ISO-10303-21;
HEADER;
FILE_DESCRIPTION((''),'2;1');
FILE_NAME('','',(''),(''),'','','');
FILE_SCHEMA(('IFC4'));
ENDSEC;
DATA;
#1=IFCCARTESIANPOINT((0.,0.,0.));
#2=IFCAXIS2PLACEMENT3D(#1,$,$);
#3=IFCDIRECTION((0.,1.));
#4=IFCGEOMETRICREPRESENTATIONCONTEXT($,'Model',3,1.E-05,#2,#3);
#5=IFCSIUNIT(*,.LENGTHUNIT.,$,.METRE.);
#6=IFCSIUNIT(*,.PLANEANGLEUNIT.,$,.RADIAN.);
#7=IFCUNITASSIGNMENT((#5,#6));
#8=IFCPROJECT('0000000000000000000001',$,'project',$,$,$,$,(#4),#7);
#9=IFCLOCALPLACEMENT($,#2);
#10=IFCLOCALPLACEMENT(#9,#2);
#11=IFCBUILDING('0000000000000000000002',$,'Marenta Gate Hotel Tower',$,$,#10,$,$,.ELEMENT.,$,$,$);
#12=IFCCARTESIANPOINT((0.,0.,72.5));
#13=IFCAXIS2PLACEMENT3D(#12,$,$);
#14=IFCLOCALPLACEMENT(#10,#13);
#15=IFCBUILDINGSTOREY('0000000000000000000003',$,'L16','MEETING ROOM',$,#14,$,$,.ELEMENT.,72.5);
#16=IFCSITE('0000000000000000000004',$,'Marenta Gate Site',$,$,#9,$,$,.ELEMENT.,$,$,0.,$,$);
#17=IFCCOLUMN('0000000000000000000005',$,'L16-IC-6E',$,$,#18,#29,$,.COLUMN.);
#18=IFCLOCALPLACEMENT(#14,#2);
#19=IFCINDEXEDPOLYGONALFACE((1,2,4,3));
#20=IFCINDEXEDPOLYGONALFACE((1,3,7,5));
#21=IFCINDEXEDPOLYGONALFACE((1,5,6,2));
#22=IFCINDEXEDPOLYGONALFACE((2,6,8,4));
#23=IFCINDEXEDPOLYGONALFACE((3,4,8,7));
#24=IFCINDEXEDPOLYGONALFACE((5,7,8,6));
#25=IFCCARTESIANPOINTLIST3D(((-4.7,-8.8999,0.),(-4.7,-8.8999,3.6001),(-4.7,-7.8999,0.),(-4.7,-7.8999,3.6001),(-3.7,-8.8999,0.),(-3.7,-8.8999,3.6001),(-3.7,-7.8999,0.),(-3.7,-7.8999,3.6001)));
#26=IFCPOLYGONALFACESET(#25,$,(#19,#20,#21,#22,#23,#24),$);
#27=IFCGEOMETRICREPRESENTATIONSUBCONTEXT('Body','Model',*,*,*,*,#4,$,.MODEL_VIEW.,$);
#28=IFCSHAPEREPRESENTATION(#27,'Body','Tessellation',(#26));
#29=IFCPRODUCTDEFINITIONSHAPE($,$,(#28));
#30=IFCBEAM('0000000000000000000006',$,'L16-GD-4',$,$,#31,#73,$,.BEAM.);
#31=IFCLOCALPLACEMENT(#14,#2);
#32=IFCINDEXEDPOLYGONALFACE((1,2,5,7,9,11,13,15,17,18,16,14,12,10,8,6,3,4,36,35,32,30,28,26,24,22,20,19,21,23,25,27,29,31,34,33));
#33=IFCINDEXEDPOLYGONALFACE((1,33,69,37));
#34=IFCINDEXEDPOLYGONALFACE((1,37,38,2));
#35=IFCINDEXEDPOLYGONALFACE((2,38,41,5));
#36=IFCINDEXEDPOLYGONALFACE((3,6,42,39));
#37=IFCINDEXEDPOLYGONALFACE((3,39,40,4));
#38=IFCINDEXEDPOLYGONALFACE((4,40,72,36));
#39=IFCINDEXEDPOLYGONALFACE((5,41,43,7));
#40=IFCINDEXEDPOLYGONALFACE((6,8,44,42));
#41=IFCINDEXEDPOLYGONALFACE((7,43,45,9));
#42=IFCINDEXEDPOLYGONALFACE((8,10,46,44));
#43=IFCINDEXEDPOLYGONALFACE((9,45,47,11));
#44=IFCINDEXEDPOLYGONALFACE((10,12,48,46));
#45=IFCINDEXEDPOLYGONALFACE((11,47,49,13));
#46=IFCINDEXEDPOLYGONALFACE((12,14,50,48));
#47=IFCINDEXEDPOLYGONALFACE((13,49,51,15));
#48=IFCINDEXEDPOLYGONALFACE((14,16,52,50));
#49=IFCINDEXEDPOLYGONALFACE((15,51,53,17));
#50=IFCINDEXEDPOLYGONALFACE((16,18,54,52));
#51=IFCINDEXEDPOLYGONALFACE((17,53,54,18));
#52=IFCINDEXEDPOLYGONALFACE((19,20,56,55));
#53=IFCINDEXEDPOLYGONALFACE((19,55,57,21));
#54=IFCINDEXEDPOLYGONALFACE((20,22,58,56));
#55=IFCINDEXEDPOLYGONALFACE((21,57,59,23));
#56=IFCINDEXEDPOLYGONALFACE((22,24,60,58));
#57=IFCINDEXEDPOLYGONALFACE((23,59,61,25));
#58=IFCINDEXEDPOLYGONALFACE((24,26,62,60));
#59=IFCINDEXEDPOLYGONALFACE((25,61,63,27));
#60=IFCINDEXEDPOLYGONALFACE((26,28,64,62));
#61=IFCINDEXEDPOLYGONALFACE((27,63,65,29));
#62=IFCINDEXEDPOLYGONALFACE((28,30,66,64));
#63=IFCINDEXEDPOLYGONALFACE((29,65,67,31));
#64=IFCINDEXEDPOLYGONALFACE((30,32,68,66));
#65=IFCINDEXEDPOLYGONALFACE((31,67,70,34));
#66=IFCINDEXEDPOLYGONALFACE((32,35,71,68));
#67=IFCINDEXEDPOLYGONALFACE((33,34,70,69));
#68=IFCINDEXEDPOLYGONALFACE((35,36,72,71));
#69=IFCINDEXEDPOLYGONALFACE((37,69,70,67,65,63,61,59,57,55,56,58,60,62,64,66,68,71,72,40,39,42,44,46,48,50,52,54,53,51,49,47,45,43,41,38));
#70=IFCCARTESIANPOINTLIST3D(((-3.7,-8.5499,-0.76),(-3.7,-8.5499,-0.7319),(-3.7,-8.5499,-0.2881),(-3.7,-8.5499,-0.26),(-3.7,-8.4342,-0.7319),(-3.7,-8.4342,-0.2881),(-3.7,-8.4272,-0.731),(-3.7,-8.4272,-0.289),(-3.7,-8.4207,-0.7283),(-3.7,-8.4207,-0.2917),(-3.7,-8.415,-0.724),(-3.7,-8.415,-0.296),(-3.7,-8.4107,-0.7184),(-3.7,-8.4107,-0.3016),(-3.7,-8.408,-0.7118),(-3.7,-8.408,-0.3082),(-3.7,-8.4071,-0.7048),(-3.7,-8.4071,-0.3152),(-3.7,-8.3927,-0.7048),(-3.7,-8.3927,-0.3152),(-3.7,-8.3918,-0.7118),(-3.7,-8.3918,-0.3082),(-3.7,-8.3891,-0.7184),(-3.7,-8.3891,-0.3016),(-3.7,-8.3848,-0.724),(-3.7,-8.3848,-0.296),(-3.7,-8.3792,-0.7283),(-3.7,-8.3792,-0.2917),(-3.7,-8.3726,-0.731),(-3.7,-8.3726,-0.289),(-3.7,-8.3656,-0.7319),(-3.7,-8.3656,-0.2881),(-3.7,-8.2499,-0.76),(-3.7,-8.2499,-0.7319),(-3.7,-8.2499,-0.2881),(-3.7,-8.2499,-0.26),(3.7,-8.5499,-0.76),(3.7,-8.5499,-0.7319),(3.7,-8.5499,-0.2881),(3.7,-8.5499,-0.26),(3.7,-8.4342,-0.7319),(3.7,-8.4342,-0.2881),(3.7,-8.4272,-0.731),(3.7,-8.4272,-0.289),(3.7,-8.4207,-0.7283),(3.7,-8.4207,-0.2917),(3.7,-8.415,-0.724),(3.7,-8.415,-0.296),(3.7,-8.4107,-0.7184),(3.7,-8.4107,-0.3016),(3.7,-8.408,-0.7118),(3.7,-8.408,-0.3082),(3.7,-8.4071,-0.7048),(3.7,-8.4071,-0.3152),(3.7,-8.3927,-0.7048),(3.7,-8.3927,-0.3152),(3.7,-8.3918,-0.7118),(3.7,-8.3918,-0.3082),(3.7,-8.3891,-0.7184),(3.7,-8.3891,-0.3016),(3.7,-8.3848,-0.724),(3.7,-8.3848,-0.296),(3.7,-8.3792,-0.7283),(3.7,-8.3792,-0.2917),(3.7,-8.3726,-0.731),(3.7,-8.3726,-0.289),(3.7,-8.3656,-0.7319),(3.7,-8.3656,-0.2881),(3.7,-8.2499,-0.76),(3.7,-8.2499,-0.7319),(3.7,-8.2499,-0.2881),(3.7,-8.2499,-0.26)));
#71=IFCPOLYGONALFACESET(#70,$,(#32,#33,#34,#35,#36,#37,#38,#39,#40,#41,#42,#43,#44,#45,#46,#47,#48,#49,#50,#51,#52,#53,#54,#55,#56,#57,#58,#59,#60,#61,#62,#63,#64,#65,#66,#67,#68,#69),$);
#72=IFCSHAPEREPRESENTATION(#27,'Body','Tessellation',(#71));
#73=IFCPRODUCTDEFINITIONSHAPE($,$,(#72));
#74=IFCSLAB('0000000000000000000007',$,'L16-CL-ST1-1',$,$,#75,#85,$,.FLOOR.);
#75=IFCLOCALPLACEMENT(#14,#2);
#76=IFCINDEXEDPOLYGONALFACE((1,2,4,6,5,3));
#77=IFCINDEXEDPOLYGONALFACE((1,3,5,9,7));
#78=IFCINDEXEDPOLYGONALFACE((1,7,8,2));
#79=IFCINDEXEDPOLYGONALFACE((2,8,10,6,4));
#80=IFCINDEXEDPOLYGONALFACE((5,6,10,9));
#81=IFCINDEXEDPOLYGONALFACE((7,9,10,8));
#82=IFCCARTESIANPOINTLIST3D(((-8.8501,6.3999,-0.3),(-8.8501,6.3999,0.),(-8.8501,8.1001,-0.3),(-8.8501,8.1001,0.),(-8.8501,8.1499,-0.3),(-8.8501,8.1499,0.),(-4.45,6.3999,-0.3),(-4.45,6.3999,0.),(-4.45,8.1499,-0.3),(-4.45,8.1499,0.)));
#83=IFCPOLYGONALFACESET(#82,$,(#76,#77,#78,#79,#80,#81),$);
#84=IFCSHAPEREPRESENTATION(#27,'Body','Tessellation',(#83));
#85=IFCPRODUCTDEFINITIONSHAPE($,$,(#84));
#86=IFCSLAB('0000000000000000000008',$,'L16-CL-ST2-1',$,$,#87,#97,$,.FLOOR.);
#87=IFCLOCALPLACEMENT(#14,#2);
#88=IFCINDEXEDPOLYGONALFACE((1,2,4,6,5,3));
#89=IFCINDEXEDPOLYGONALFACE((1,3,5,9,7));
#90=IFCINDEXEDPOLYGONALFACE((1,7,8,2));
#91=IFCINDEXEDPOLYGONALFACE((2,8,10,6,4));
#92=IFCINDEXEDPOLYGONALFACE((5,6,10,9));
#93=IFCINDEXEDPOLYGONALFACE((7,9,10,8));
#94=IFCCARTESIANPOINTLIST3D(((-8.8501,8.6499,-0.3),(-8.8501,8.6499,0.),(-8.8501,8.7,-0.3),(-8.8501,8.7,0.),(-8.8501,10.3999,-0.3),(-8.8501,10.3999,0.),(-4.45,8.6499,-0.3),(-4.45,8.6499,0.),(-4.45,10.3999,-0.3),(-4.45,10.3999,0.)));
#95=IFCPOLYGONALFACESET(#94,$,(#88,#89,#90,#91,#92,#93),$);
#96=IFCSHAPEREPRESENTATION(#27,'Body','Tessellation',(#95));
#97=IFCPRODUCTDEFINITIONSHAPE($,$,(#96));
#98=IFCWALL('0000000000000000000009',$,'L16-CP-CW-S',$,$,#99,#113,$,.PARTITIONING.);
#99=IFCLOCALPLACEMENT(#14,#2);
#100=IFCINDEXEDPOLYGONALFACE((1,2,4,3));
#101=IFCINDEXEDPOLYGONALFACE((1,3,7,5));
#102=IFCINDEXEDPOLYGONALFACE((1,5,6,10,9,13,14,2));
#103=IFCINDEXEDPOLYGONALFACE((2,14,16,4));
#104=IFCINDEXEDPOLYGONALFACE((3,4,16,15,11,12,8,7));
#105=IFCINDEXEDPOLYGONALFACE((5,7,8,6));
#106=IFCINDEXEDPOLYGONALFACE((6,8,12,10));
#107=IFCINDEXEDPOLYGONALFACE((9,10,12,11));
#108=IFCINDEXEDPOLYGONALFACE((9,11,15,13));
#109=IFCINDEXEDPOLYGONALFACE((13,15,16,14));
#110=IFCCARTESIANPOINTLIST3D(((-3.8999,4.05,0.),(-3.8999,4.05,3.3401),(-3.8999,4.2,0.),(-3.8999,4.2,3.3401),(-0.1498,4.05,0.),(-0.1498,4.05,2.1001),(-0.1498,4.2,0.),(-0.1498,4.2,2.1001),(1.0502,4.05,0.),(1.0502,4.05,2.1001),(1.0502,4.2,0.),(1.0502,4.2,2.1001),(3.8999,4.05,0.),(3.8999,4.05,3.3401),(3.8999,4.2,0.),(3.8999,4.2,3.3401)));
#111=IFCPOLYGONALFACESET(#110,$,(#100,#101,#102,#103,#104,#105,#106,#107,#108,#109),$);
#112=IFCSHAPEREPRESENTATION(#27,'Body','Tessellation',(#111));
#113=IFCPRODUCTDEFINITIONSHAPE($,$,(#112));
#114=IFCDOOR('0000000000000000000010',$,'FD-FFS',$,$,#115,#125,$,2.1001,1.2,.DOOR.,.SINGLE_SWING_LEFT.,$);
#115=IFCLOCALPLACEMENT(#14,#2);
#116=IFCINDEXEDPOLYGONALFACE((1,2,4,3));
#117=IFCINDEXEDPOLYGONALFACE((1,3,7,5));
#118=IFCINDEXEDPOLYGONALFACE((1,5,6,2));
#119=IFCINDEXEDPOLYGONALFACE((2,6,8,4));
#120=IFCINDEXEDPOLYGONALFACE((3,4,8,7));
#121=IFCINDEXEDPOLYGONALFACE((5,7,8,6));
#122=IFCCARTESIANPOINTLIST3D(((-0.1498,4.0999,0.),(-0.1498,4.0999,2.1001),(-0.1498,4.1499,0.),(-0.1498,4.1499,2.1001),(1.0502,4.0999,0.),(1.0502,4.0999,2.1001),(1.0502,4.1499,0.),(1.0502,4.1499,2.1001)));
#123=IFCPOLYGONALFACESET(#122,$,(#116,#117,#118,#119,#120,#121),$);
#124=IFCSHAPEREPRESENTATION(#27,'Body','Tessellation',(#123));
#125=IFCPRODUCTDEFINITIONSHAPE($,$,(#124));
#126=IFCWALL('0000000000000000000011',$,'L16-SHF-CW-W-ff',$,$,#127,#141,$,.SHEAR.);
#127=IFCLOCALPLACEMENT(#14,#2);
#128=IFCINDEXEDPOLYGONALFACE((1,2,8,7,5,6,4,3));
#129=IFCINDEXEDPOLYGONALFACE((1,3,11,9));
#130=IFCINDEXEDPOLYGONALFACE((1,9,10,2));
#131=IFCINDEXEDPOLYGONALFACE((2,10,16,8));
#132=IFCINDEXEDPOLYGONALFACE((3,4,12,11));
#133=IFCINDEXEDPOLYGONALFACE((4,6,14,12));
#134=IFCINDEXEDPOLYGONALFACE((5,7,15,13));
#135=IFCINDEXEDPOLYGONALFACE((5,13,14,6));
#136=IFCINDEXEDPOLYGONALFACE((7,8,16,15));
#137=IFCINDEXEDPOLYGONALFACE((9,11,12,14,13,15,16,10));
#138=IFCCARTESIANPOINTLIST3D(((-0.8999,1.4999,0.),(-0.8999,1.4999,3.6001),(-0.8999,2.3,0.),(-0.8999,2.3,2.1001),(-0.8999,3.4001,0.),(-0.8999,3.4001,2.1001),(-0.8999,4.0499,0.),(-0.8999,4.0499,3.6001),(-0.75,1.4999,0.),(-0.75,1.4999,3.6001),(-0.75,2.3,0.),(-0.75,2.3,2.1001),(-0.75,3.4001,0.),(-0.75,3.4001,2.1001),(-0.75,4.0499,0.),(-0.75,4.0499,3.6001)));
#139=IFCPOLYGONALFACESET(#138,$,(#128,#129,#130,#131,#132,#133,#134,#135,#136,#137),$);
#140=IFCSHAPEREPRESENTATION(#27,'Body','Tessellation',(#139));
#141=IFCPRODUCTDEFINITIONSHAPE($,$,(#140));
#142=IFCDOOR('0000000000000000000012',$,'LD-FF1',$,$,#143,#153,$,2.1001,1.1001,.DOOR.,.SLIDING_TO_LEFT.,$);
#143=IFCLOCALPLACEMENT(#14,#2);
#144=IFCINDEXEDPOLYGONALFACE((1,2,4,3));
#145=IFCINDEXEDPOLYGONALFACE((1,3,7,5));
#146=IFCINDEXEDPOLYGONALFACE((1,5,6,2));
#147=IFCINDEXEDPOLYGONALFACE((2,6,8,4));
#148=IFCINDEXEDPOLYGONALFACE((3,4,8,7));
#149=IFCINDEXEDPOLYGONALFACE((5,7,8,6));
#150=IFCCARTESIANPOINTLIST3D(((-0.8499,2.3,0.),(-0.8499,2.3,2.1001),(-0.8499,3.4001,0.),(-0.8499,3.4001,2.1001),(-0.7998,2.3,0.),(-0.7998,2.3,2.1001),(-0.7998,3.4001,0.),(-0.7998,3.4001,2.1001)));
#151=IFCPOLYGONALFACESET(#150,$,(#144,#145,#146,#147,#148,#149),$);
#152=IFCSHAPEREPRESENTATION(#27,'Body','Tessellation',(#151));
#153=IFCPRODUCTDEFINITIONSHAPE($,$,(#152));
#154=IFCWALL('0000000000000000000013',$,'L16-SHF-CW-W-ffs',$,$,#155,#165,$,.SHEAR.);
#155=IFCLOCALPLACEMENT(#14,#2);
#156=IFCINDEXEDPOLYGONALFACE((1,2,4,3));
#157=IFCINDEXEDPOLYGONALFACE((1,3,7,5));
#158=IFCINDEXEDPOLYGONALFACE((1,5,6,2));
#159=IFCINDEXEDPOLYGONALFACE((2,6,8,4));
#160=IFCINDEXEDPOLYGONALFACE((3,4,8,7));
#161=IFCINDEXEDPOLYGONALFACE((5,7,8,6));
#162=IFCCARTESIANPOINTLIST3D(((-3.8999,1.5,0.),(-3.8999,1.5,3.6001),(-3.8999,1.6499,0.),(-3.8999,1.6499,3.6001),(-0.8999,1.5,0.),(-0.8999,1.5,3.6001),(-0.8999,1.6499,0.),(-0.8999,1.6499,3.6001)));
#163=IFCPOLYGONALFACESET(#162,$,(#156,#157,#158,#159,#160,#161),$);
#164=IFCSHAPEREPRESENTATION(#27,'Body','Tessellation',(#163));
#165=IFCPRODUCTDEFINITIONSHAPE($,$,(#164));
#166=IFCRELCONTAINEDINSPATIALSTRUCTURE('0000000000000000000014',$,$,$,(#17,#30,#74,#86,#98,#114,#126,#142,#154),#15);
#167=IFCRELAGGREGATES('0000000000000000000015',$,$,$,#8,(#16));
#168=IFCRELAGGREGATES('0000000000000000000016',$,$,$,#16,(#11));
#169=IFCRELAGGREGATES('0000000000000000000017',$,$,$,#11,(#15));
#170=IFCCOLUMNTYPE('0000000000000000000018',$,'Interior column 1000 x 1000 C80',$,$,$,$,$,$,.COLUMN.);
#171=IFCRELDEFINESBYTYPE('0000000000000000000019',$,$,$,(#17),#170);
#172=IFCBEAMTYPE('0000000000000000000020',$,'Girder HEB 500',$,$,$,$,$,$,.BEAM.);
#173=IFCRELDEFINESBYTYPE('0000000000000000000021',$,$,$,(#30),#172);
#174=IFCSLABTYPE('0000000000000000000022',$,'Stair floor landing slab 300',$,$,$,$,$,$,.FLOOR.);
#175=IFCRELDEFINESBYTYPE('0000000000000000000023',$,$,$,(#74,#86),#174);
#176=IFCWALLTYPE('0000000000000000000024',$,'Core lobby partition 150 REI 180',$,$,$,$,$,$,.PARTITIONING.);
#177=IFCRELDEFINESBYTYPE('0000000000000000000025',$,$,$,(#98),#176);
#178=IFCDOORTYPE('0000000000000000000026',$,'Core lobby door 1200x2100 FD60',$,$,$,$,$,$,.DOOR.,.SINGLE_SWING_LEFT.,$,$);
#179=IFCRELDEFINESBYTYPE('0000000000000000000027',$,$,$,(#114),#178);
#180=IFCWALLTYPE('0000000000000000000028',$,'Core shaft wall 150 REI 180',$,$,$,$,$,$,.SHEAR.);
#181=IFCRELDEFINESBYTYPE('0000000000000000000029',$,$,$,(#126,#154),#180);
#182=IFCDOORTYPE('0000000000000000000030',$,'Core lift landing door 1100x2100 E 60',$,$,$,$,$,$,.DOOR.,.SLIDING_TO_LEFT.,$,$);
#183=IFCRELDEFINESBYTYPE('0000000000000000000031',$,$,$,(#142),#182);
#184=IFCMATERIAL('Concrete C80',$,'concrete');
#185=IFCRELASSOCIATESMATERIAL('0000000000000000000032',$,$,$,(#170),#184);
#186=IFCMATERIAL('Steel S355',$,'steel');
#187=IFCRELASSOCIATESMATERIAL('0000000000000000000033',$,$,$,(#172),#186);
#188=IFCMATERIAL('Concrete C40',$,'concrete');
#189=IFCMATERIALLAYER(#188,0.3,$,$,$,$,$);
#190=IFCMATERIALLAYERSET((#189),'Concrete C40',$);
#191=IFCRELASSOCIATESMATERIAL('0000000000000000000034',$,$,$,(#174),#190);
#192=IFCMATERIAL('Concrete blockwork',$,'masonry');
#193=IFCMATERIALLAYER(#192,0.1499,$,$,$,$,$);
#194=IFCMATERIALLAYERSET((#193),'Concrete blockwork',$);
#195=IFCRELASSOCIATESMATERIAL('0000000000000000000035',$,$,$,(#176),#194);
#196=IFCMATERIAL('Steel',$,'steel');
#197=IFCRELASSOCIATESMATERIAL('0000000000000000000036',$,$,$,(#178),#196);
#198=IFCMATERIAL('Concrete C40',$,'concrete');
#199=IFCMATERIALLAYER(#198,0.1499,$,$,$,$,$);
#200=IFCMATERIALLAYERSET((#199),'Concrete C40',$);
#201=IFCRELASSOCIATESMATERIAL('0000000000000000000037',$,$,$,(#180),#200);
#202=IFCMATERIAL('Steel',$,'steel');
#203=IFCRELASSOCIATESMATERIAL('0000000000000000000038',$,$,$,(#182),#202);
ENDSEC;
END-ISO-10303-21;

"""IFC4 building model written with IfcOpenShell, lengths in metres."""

from ifc_helpers import new_model, si_unit, direction, frame, frame_2d, origin, origin_2d, place, context, subcontext, project, spatial, polyline, rectangle, i_section, outline, extrude, material, layer, layer_set, material_profile, profile_set, type_object, element, fill, save


model = new_model("IFC4")

# Units and contexts
model_context = context("Model", 3, precision=1e-05, world=origin(), true_north=direction((0.0, 1.0)))
body_context = subcontext(model_context, "Body", "Model", "MODEL_VIEW")
ifc_project = project(units=[si_unit("LENGTHUNIT", "METRE"), si_unit("PLANEANGLEUNIT", "RADIAN")], contexts=[model_context])

# Site, building, storey
site_placement = place(None, origin())
site = spatial("IfcSite", under=ifc_project, at=site_placement, Name="Marenta Gate Site", CompositionType="ELEMENT", RefElevation=0.0)
building_placement = place(site_placement, origin())
building = spatial("IfcBuilding", under=site, at=building_placement, Name="Marenta Gate Hotel Tower", CompositionType="ELEMENT")
storey_placement = place(building_placement, frame((0.0, 0.0, 72.5)))
storey = spatial("IfcBuildingStorey", under=building, at=storey_placement, Name="L16", Description="MEETING ROOM", CompositionType="ELEMENT", Elevation=72.5)

# Column
ifc_material_1 = material(Name="Concrete C80", Category="concrete")
ifc_material_profile_1 = material_profile(ifc_material_1, rectangle(XDim=1.0, YDim=1.0, at=origin_2d()), Name="1000 x 1000")
ifc_profile_set_1 = profile_set([ifc_material_profile_1], Name="Concrete C80")
column_type = type_object("IfcColumnType", Name="Interior column 1000 x 1000 C80", PredefinedType="COLUMN", material=ifc_profile_set_1)
column_placement = place(storey_placement, frame((-4.2, -8.3999, 0.0), z_axis=(0.0, 0.0, 1.0), x_axis=(1.0, 0.0, 0.0)))
element("IfcColumn", 1, at=column_placement, inside=storey, type_object=column_type, Name="L16-IC-6E", PredefinedType="COLUMN", context=body_context, shape_type="SweptSolid", body=[
    extrude(rectangle(XDim=1.0, YDim=1.0, at=origin_2d()), origin(), (0.0, 0.0, 1.0), 3.6001),
])

# Beam
ifc_material_2 = material(Name="Steel S355", Category="steel")
ifc_material_profile_2 = material_profile(ifc_material_2, i_section(OverallWidth=0.3, OverallDepth=0.5, WebThickness=0.0144, FlangeThickness=0.0281, FilletRadius=0.0271, at=origin_2d()), Name="HEB 500")
ifc_profile_set_2 = profile_set([ifc_material_profile_2], Name="Steel S355")
beam_type = type_object("IfcBeamType", Name="Girder HEB 500", PredefinedType="BEAM", material=ifc_profile_set_2)
beam_placement = place(storey_placement, frame((-3.7, -8.3999, -0.51), z_axis=(1.0, 0.0, 0.0), x_axis=(0.0, 1.0, 0.0)))
element("IfcBeam", 2, at=beam_placement, inside=storey, type_object=beam_type, Name="L16-GD-4", PredefinedType="BEAM", context=body_context, shape_type="SweptSolid", body=[
    extrude(i_section(OverallWidth=0.3, OverallDepth=0.5, WebThickness=0.0144, FlangeThickness=0.0281, FilletRadius=0.0271, at=origin_2d()), origin(), (0.0, 0.0, 1.0), 7.3999),
])

# Slabs
ifc_material_3 = material(Name="Concrete C40", Category="concrete")
ifc_layer_1 = layer(ifc_material_3, 0.3)
ifc_layer_set_1 = layer_set([ifc_layer_1], Name="Concrete C40")
slab_type_1 = type_object("IfcSlabType", Name="Stair floor landing slab 300", PredefinedType="FLOOR", material=ifc_layer_set_1)
slab_1_placement = place(storey_placement, frame((0.0, 0.0, -0.3)))
element("IfcSlab", 3, at=slab_1_placement, inside=storey, type_object=slab_type_1, Name="L16-CL-ST1-1", PredefinedType="FLOOR", context=body_context, shape_type="SweptSolid", body=[
    extrude(outline(polyline([(-4.45, 6.3999), (-8.8501, 6.3999), (-8.8501, 8.1001), (-8.8501, 8.1499), (-4.45, 8.1499), (-4.45, 6.3999)])), origin(), (0.0, 0.0, 1.0), 0.3),
])
slab_2_placement = place(storey_placement, frame((0.0, 0.0, -0.3)))
element("IfcSlab", 4, at=slab_2_placement, inside=storey, type_object=slab_type_1, Name="L16-CL-ST2-1", PredefinedType="FLOOR", context=body_context, shape_type="SweptSolid", body=[
    extrude(outline(polyline([(-4.45, 8.6499), (-8.8501, 8.6499), (-8.8501, 8.7), (-8.8501, 10.3999), (-4.45, 10.3999), (-4.45, 8.6499)])), origin(), (0.0, 0.0, 1.0), 0.3),
])

# Walls, openings, doors
ifc_material_4 = material(Name="Concrete blockwork", Category="masonry")
ifc_layer_2 = layer(ifc_material_4, 0.1499)
ifc_layer_set_2 = layer_set([ifc_layer_2], Name="Concrete blockwork")
wall_type_1 = type_object("IfcWallType", Name="Core lobby partition 150 REI 180", PredefinedType="PARTITIONING", material=ifc_layer_set_2)
wall_1_placement = place(storey_placement, frame((-3.8999, 4.125, 0.0), z_axis=(0.0, 0.0, 1.0), x_axis=(1.0, 0.0, 0.0)))
wall_1 = element("IfcWall", 5, at=wall_1_placement, inside=storey, type_object=wall_type_1, Name="L16-CP-CW-S", PredefinedType="PARTITIONING", context=body_context, shape_type="SweptSolid", body=[
    extrude(rectangle(XDim=7.7998, YDim=0.1499, at=frame_2d((3.8999, 0.0))), origin(), (0.0, 0.0, 1.0), 3.3401),
])
opening_1_placement = place(wall_1_placement, frame((3.75, 0.0, 0.0)))
opening_1 = element("IfcOpeningElement", 6, at=opening_1_placement, cuts=wall_1, PredefinedType="OPENING", context=body_context, shape_type="SweptSolid", body=[
    extrude(rectangle(XDim=1.2, YDim=2.1001, at=frame_2d((0.6001, 1.05))), frame((0.0, 0.075, 0.0), z_axis=(0.0, -1.0, 0.0), x_axis=(1.0, 0.0, 0.0)), (0.0, 0.0, 1.0), 0.1499),
])
ifc_material_5 = material(Name="Steel", Category="steel")
door_type_1 = type_object("IfcDoorType", Name="Core lobby door 1200x2100 FD60", OperationType="SINGLE_SWING_LEFT", PredefinedType="DOOR", material=ifc_material_5)
door_1_placement = place(opening_1_placement, origin())
door_1 = element("IfcDoor", 7, at=door_1_placement, inside=storey, type_object=door_type_1, Name="FD-FFS", OperationType="SINGLE_SWING_LEFT", OverallHeight=2.1001, OverallWidth=1.2, PredefinedType="DOOR", context=body_context, shape_type="SweptSolid", body=[
    extrude(rectangle(XDim=1.2, YDim=2.1001, at=frame_2d((0.6001, 1.05))), frame((0.0, 0.0249, 0.0), z_axis=(0.0, -1.0, 0.0), x_axis=(1.0, 0.0, 0.0)), (0.0, 0.0, 1.0), 0.05),
])
fill(opening_1, door_1)
ifc_material_6 = material(Name="Concrete C40", Category="concrete")
ifc_layer_3 = layer(ifc_material_6, 0.1499)
ifc_layer_set_3 = layer_set([ifc_layer_3], Name="Concrete C40")
wall_type_2 = type_object("IfcWallType", Name="Core shaft wall 150 REI 180", PredefinedType="SHEAR", material=ifc_layer_set_3)
wall_2_placement = place(storey_placement, frame((-0.825, 1.5, 0.0), z_axis=(0.0, 0.0, 1.0), x_axis=(0.0, 1.0, 0.0)))
wall_2 = element("IfcWall", 8, at=wall_2_placement, inside=storey, type_object=wall_type_2, Name="L16-SHF-CW-W-ff", PredefinedType="SHEAR", context=body_context, shape_type="SweptSolid", body=[
    extrude(rectangle(XDim=2.55, YDim=0.1499, at=frame_2d((1.2749, 0.0))), origin(), (0.0, 0.0, 1.0), 3.6001),
])
opening_2_placement = place(wall_2_placement, frame((0.8, 0.0, 0.0)))
opening_2 = element("IfcOpeningElement", 9, at=opening_2_placement, cuts=wall_2, PredefinedType="OPENING", context=body_context, shape_type="SweptSolid", body=[
    extrude(rectangle(XDim=1.1001, YDim=2.1001, at=frame_2d((0.55, 1.05))), frame((0.0, 0.075, 0.0), z_axis=(0.0, -1.0, 0.0), x_axis=(1.0, 0.0, 0.0)), (0.0, 0.0, 1.0), 0.1499),
])
ifc_material_7 = material(Name="Steel", Category="steel")
door_type_2 = type_object("IfcDoorType", Name="Core lift landing door 1100x2100 E 60", OperationType="SLIDING_TO_LEFT", PredefinedType="DOOR", material=ifc_material_7)
door_2_placement = place(opening_2_placement, origin())
door_2 = element("IfcDoor", 10, at=door_2_placement, inside=storey, type_object=door_type_2, Name="LD-FF1", OperationType="SLIDING_TO_LEFT", OverallHeight=2.1001, OverallWidth=1.1001, PredefinedType="DOOR", context=body_context, shape_type="SweptSolid", body=[
    extrude(rectangle(XDim=1.1001, YDim=2.1001, at=frame_2d((0.55, 1.05))), frame((0.0, 0.0249, 0.0), z_axis=(0.0, -1.0, 0.0), x_axis=(1.0, 0.0, 0.0)), (0.0, 0.0, 1.0), 0.05),
])
fill(opening_2, door_2)

# Wall
wall_3_placement = place(storey_placement, frame((-3.8999, 1.575, 0.0), z_axis=(0.0, 0.0, 1.0), x_axis=(1.0, 0.0, 0.0)))
element("IfcWall", 11, at=wall_3_placement, inside=storey, type_object=wall_type_2, Name="L16-SHF-CW-W-ffs", PredefinedType="SHEAR", context=body_context, shape_type="SweptSolid", body=[
    extrude(rectangle(XDim=3.0, YDim=0.1499, at=frame_2d((1.5, 0.0))), origin(), (0.0, 0.0, 1.0), 3.6001),
])

save(model, "model.ifc")
